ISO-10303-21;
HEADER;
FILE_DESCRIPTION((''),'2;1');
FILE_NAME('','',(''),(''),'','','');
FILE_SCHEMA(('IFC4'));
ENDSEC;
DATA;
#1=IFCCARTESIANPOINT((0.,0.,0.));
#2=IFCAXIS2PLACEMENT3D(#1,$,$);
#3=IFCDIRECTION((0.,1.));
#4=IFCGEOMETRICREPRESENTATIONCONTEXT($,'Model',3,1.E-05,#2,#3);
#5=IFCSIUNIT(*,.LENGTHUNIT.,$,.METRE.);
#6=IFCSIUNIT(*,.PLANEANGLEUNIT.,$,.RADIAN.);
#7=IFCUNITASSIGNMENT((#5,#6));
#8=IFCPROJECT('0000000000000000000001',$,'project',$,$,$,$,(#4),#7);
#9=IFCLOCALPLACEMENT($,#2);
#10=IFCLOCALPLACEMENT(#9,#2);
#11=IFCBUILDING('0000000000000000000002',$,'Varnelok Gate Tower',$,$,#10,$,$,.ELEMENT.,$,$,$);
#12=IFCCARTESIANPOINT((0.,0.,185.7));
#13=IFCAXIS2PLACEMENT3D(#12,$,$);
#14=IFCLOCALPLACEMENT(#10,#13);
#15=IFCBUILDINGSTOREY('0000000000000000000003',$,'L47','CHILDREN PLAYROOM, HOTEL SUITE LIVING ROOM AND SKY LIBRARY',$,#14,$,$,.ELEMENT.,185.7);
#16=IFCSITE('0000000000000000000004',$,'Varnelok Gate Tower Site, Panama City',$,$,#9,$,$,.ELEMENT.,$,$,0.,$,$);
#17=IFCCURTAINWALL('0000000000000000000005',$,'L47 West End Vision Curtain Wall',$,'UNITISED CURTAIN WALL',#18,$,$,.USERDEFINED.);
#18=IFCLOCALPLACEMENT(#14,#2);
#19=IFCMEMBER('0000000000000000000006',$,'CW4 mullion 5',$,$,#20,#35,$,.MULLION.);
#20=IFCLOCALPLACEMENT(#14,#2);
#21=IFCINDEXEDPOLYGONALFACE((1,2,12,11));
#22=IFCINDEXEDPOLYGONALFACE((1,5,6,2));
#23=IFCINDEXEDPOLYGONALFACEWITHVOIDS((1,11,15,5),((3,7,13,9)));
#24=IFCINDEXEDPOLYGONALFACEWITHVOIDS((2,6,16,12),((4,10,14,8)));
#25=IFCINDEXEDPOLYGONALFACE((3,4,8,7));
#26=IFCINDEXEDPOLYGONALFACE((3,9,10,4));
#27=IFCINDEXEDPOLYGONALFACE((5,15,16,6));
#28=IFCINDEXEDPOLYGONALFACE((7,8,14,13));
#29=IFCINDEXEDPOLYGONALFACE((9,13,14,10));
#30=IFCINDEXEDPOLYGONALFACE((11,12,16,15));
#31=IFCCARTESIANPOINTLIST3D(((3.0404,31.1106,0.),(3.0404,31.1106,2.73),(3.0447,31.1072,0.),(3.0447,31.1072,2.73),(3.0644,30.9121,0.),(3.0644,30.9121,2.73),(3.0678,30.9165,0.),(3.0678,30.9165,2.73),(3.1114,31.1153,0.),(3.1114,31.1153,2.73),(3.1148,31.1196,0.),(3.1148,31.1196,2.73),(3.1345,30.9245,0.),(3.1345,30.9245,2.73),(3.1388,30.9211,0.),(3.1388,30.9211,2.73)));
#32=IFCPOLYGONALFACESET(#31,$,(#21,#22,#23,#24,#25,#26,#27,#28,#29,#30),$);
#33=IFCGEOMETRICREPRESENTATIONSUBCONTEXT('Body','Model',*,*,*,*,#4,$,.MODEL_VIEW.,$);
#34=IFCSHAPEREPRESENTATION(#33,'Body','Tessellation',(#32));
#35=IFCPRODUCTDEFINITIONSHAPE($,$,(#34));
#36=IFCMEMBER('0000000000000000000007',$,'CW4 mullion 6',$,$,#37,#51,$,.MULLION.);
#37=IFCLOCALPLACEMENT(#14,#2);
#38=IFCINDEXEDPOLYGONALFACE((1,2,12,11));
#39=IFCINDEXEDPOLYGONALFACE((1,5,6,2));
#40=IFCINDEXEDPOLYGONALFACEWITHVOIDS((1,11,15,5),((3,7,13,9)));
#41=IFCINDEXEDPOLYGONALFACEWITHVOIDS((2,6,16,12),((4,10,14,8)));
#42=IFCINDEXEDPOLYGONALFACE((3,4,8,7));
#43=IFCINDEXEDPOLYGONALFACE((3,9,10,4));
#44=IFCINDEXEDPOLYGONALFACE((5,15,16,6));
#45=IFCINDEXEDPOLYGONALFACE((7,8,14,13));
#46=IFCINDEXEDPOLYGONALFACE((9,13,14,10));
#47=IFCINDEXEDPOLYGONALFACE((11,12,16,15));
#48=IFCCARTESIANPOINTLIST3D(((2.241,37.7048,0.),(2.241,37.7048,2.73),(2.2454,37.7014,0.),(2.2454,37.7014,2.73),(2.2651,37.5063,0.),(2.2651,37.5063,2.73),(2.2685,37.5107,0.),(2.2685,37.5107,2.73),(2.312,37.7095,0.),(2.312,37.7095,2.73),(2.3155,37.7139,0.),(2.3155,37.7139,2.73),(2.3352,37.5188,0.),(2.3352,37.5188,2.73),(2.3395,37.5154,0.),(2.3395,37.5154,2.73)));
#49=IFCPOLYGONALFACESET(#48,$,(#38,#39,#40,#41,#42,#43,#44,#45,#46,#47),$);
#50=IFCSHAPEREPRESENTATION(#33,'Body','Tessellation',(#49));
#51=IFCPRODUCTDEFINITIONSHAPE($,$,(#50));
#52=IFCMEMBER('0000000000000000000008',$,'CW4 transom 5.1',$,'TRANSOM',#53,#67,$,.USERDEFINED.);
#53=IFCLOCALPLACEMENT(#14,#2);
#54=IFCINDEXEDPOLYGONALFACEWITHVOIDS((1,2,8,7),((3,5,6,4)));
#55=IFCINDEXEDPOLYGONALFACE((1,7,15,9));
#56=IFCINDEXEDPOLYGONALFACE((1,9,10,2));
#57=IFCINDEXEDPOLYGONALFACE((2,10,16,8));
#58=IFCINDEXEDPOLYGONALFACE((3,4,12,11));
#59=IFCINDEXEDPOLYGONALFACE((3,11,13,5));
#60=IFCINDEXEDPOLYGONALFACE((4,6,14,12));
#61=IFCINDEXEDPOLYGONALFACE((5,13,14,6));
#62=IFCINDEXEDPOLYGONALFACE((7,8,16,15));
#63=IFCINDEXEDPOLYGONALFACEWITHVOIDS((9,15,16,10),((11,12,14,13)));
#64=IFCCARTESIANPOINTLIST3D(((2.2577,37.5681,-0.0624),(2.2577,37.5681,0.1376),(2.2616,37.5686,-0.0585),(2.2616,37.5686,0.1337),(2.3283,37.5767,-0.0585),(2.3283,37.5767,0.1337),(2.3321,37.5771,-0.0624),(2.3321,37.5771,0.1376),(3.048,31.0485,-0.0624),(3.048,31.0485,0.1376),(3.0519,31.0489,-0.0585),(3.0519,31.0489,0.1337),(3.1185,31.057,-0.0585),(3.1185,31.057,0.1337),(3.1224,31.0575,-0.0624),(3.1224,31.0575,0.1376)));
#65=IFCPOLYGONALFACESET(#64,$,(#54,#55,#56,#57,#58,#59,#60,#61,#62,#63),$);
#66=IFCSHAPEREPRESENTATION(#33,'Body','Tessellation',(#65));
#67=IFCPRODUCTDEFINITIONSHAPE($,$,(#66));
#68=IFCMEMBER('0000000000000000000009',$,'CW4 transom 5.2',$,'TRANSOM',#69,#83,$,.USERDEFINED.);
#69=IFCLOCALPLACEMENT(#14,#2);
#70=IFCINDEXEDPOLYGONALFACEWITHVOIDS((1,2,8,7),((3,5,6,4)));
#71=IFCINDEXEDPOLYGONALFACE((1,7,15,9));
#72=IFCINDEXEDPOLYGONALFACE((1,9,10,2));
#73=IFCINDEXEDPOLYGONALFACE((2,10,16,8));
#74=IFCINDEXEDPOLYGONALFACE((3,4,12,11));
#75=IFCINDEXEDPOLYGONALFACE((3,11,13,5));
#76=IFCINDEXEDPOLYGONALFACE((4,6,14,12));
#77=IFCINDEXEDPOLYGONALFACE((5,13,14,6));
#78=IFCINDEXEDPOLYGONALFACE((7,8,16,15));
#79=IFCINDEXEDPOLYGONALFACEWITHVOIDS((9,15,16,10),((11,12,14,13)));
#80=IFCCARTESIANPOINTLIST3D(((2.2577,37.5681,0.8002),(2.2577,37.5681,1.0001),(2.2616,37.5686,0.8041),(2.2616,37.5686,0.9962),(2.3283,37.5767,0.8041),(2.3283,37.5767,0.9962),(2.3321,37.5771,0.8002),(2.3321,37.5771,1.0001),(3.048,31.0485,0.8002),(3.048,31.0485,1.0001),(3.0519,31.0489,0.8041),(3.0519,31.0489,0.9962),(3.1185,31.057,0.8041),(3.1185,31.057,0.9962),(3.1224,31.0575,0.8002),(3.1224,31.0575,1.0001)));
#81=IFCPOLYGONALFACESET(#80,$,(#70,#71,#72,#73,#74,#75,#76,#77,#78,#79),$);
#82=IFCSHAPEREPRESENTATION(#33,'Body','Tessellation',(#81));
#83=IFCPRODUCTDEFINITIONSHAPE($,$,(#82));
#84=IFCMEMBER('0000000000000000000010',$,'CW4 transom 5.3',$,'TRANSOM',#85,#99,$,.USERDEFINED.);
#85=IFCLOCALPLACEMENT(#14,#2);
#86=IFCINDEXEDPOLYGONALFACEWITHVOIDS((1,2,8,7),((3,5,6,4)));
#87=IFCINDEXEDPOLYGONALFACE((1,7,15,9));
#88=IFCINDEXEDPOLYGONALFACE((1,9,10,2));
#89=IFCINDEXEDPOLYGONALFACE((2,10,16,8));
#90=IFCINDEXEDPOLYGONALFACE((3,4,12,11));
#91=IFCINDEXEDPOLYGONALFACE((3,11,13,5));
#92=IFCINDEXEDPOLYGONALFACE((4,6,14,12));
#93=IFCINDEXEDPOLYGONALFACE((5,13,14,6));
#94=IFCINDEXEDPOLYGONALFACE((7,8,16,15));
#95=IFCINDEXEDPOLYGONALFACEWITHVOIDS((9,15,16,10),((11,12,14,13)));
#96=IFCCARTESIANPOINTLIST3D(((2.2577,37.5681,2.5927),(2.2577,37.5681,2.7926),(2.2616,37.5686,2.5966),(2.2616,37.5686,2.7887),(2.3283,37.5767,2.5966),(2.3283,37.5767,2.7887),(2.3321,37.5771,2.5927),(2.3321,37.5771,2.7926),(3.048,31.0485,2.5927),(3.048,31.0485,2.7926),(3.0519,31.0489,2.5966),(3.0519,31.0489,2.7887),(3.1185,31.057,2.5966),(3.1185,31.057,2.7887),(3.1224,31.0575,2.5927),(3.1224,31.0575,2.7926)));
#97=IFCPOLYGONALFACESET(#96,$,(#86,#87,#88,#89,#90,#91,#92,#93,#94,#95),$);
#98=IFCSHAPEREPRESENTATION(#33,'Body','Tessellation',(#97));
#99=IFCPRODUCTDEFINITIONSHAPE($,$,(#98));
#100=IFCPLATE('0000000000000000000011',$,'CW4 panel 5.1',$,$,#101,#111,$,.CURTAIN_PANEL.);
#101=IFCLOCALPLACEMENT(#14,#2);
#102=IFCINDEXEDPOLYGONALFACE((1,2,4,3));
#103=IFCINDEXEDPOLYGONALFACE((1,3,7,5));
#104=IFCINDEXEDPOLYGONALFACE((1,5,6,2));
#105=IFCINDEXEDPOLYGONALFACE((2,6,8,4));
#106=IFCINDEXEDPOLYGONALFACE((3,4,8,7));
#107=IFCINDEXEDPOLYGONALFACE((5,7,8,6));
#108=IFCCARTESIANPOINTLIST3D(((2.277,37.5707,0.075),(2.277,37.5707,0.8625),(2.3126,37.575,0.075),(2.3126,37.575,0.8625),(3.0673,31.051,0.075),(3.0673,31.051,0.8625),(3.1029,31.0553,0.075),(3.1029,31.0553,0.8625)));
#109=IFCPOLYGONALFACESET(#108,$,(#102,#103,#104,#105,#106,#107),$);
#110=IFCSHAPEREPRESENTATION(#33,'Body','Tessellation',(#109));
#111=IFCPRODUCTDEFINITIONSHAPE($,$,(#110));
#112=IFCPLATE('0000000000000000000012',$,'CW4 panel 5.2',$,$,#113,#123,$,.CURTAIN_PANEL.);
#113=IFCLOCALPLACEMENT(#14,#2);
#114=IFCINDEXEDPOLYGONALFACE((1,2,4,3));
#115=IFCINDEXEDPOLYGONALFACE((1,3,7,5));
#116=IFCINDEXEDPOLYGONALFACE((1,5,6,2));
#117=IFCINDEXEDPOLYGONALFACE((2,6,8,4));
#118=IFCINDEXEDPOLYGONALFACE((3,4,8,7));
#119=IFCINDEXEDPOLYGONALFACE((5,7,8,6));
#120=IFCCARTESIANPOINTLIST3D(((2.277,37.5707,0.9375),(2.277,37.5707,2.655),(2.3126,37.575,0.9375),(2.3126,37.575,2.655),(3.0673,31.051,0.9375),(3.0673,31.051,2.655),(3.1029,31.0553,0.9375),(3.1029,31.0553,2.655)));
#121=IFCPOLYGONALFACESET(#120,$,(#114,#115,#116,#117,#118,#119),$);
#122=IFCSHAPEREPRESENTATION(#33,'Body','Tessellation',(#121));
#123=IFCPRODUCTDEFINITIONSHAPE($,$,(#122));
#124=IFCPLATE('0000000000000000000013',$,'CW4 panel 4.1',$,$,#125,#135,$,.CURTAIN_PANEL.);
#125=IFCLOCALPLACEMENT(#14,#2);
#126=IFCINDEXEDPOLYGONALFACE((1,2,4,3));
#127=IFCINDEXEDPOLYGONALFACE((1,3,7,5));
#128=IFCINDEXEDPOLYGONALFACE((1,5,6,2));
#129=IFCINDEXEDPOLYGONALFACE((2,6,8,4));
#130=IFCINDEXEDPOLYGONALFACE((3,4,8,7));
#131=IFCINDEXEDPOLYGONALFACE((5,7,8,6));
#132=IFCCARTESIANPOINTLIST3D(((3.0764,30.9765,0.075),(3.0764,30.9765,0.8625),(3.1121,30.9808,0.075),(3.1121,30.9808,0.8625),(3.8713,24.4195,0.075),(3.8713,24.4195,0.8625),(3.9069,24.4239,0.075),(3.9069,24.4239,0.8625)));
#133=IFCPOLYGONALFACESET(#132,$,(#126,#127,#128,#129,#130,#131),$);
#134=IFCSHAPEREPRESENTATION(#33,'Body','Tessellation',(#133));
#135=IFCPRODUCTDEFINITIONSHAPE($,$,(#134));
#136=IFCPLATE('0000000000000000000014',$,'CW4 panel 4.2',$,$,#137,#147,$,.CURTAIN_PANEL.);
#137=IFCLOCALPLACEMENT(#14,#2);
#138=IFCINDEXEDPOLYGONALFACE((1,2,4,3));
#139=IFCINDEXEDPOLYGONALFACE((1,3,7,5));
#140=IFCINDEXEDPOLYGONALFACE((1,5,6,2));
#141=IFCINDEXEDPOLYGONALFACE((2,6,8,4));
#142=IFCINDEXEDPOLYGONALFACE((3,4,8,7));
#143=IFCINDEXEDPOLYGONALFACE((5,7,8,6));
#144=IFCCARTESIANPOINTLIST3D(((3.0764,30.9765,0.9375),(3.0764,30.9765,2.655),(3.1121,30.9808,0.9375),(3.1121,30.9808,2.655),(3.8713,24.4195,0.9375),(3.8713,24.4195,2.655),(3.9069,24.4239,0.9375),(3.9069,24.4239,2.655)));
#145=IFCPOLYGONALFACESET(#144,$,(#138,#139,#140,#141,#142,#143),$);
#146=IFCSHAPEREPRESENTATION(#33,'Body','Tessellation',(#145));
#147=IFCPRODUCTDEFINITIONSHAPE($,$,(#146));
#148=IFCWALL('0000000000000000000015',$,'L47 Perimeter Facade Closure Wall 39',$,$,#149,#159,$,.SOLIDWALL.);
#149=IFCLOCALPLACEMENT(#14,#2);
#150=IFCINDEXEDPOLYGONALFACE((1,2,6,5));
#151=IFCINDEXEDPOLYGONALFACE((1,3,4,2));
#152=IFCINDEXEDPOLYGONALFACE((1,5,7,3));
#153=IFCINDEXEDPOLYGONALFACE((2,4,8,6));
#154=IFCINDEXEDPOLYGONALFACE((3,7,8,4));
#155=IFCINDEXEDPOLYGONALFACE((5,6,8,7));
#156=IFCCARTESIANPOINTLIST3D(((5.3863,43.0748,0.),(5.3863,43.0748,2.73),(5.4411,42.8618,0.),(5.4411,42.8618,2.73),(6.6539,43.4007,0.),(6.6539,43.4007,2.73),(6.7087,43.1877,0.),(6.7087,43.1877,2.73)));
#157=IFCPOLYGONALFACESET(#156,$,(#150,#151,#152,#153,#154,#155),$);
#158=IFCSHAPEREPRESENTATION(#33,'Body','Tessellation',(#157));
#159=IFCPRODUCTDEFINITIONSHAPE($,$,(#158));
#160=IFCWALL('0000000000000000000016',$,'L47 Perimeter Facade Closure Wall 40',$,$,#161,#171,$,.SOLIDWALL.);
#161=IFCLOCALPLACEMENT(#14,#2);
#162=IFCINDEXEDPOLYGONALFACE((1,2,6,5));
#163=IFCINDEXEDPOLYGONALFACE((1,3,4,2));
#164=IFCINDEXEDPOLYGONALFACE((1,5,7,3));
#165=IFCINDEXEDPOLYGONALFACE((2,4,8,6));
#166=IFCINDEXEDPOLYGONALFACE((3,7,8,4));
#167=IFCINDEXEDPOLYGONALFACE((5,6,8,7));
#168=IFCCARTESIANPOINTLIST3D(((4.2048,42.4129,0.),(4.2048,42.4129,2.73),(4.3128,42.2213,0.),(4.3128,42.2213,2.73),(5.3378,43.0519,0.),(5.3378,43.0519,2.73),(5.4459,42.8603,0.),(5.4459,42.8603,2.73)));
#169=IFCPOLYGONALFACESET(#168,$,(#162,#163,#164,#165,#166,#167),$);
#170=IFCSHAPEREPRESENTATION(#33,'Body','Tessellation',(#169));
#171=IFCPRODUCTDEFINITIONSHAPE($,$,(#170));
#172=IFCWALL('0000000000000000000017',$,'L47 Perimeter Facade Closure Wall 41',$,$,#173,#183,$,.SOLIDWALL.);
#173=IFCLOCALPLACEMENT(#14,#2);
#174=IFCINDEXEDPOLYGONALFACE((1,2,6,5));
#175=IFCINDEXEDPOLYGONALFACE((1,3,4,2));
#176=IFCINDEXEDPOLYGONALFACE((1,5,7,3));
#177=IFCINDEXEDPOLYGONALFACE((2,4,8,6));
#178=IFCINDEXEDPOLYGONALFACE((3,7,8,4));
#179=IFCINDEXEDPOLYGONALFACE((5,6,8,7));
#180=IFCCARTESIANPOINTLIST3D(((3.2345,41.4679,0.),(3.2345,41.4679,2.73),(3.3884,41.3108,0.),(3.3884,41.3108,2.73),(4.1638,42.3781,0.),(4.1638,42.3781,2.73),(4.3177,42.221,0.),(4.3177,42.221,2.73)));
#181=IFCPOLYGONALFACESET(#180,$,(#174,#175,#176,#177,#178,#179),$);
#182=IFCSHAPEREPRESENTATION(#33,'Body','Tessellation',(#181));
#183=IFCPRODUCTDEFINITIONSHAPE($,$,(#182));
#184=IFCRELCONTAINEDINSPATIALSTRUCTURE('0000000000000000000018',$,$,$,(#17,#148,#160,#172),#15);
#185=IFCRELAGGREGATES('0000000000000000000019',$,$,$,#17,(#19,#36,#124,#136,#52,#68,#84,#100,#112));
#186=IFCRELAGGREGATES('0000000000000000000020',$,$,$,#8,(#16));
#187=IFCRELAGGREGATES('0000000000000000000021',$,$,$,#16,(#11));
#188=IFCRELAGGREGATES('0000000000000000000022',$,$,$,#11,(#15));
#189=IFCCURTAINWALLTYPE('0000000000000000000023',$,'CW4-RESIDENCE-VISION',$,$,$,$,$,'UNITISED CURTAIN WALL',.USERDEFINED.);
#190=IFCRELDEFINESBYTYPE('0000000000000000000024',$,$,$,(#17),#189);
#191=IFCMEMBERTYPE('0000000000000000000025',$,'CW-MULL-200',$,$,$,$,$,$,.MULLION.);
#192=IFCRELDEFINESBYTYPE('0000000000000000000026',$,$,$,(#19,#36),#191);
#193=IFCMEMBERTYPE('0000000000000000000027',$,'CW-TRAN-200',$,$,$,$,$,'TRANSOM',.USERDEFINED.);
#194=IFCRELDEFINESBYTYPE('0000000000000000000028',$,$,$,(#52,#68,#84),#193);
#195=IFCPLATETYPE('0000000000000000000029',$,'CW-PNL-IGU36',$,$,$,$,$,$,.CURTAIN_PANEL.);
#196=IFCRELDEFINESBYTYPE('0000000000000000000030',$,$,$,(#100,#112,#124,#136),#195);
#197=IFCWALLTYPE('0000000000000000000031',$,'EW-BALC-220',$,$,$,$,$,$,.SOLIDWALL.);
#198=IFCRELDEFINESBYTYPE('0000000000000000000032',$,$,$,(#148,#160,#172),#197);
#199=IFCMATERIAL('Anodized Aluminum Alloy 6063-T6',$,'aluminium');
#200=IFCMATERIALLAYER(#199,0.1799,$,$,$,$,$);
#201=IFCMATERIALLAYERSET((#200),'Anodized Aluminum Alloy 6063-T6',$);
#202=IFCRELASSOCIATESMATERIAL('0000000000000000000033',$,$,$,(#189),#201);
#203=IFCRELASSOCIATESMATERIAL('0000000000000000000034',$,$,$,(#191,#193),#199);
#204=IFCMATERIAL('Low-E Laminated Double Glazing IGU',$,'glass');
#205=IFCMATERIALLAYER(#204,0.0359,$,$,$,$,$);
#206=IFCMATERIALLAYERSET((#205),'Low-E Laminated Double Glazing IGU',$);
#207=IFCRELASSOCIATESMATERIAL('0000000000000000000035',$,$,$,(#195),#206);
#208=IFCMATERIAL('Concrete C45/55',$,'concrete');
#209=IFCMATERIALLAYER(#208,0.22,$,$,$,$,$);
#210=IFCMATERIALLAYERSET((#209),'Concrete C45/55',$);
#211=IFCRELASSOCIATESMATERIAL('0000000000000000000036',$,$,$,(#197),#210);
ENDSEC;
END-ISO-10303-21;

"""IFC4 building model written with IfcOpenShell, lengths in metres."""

from ifc_helpers import new_model, si_unit, direction, frame, frame_2d, origin, origin_2d, place, context, subcontext, project, spatial, rectangle, hollow_rectangle, extrude, source, transform, mapped, material, layer, layer_set, material_profile, profile_set, type_object, element, aggregate, save


model = new_model("IFC4")

# Units and contexts
model_context = context("Model", 3, precision=1e-05, world=origin(), true_north=direction((0.0, 1.0)))
body_context = subcontext(model_context, "Body", "Model", "MODEL_VIEW")
ifc_project = project(units=[si_unit("LENGTHUNIT", "METRE"), si_unit("PLANEANGLEUNIT", "RADIAN")], contexts=[model_context])

# Site, building, storey
site_placement = place(None, origin())
site = spatial("IfcSite", under=ifc_project, at=site_placement, Name="Varnelok Gate Tower Site, Panama City", CompositionType="ELEMENT", RefElevation=0.0)
building_placement = place(site_placement, origin())
building = spatial("IfcBuilding", under=site, at=building_placement, Name="Varnelok Gate Tower", CompositionType="ELEMENT")
storey_placement = place(building_placement, frame((0.0, 0.0, 185.7)))
storey = spatial("IfcBuildingStorey", under=building, at=storey_placement, Name="L47", Description="CHILDREN PLAYROOM, HOTEL SUITE LIVING ROOM AND SKY LIBRARY", CompositionType="ELEMENT", Elevation=185.7)

# Curtain wall, members, plates
ifc_material_1 = material(Name="Anodized Aluminum Alloy 6063-T6", Category="aluminium")
ifc_layer_1 = layer(ifc_material_1, 0.1799)
ifc_layer_set_1 = layer_set([ifc_layer_1], Name="Anodized Aluminum Alloy 6063-T6")
curtain_wall_type = type_object("IfcCurtainWallType", Name="CW4-RESIDENCE-VISION", ElementType="UNITISED CURTAIN WALL", PredefinedType="USERDEFINED", material=ifc_layer_set_1)
curtain_wall_placement = place(storey_placement, origin())
curtain_wall = element("IfcCurtainWall", 1, at=curtain_wall_placement, inside=storey, type_object=curtain_wall_type, Name="L47 West End Vision Curtain Wall", ObjectType="UNITISED CURTAIN WALL", PredefinedType="USERDEFINED")
ifc_material_profile_1 = material_profile(ifc_material_1, hollow_rectangle(XDim=0.075, YDim=0.2, WallThickness=0.0039, at=origin_2d()), Name="ALU200X75X4")
ifc_profile_set_1 = profile_set([ifc_material_profile_1], Name="Anodized Aluminum Alloy 6063-T6")
member_type_1 = type_object("IfcMemberType", Name="CW-MULL-200", PredefinedType="MULLION", material=ifc_profile_set_1)
member_1_placement = place(storey_placement, frame((3.0896, 31.0159, 0.0), z_axis=(0.0, 0.0, 1.0), x_axis=(-0.992732, -0.120345, 0.0)))
member_1 = element("IfcMember", 2, at=member_1_placement, type_object=member_type_1, Name="CW4 mullion 5", PredefinedType="MULLION", context=body_context, shape_type="SweptSolid", body=[
    extrude(hollow_rectangle(XDim=0.075, YDim=0.2, WallThickness=0.0039, at=origin_2d()), origin(), (0.0, 0.0, 1.0), 2.73),
])
member_2_placement = place(storey_placement, frame((2.2903, 37.6101, 0.0), z_axis=(0.0, 0.0, 1.0), x_axis=(-0.992732, -0.120345, 0.0)))
member_2 = element("IfcMember", 3, at=member_2_placement, type_object=member_type_1, Name="CW4 mullion 6", PredefinedType="MULLION", context=body_context, shape_type="SweptSolid", body=[
    extrude(hollow_rectangle(XDim=0.075, YDim=0.2, WallThickness=0.0039, at=origin_2d()), origin(), (0.0, 0.0, 1.0), 2.73),
])
ifc_material_profile_2 = material_profile(ifc_material_1, hollow_rectangle(XDim=0.075, YDim=0.2, WallThickness=0.0039, at=origin_2d()), Name="ALU200X75X4")
ifc_profile_set_2 = profile_set([ifc_material_profile_2], Name="Anodized Aluminum Alloy 6063-T6")
member_type_2 = type_object("IfcMemberType", Name="CW-TRAN-200", ElementType="TRANSOM", PredefinedType="USERDEFINED", material=ifc_profile_set_2)
member_3_placement = place(storey_placement, frame((3.0852, 31.053, 0.0376), z_axis=(-0.120332, 0.992734, 0.0), x_axis=(-0.992734, -0.120332, 0.0)))
member_3 = element("IfcMember", 4, at=member_3_placement, type_object=member_type_2, Name="CW4 transom 5.1", ObjectType="TRANSOM", PredefinedType="USERDEFINED", context=body_context, shape_type="SweptSolid", body=[
    extrude(hollow_rectangle(XDim=0.075, YDim=0.2, WallThickness=0.0039, at=origin_2d()), origin(), (0.0, 0.0, 1.0), 6.5674),
])
member_4_placement = place(storey_placement, frame((3.0852, 31.053, 0.9001), z_axis=(-0.120332, 0.992734, 0.0), x_axis=(-0.992734, -0.120332, 0.0)))
member_4 = element("IfcMember", 5, at=member_4_placement, type_object=member_type_2, Name="CW4 transom 5.2", ObjectType="TRANSOM", PredefinedType="USERDEFINED", context=body_context, shape_type="SweptSolid", body=[
    extrude(hollow_rectangle(XDim=0.075, YDim=0.2, WallThickness=0.0039, at=origin_2d()), origin(), (0.0, 0.0, 1.0), 6.5674),
])
member_5_placement = place(storey_placement, frame((3.0852, 31.053, 2.6926), z_axis=(-0.120332, 0.992734, 0.0), x_axis=(-0.992734, -0.120332, 0.0)))
member_5 = element("IfcMember", 6, at=member_5_placement, type_object=member_type_2, Name="CW4 transom 5.3", ObjectType="TRANSOM", PredefinedType="USERDEFINED", context=body_context, shape_type="SweptSolid", body=[
    extrude(hollow_rectangle(XDim=0.075, YDim=0.2, WallThickness=0.0039, at=origin_2d()), origin(), (0.0, 0.0, 1.0), 6.5674),
])
ifc_material_2 = material(Name="Low-E Laminated Double Glazing IGU", Category="glass")
ifc_layer_2 = layer(ifc_material_2, 0.0359)
ifc_layer_set_2 = layer_set([ifc_layer_2], Name="Low-E Laminated Double Glazing IGU")
plate_type = type_object("IfcPlateType", Name="CW-PNL-IGU36", PredefinedType="CURTAIN_PANEL", material=ifc_layer_set_2)
shared_shape_1 = source(origin(), body_context, "Body", "SweptSolid", [
    extrude(rectangle(XDim=6.5674, YDim=0.0359, at=origin_2d()), origin(), (0.0, 0.0, 1.0), 0.7876),
])
plate_1_placement = place(storey_placement, frame((2.6899, 34.313, 0.075), z_axis=(0.0, 0.0, 1.0), x_axis=(-0.120345, 0.992732, 0.0)))
plate_1 = element("IfcPlate", 7, at=plate_1_placement, type_object=plate_type, Name="CW4 panel 5.1", PredefinedType="CURTAIN_PANEL", context=body_context, shape_type="MappedRepresentation", body=[
    mapped(shared_shape_1, transform((0.0, 0.0, 0.0), scale=1.0)),
])
shared_shape_2 = source(origin(), body_context, "Body", "SweptSolid", [
    extrude(rectangle(XDim=6.5674, YDim=0.0359, at=origin_2d()), origin(), (0.0, 0.0, 1.0), 1.7175),
])
plate_2_placement = place(storey_placement, frame((2.6899, 34.313, 0.9375), z_axis=(0.0, 0.0, 1.0), x_axis=(-0.120345, 0.992732, 0.0)))
plate_2 = element("IfcPlate", 8, at=plate_2_placement, type_object=plate_type, Name="CW4 panel 5.2", PredefinedType="CURTAIN_PANEL", context=body_context, shape_type="MappedRepresentation", body=[
    mapped(shared_shape_2, transform((0.0, 0.0, 0.0), scale=1.0)),
])
shared_shape_3 = source(origin(), body_context, "Body", "SweptSolid", [
    extrude(rectangle(XDim=6.605, YDim=0.0359, at=origin_2d()), origin(), (0.0, 0.0, 1.0), 0.7876),
])
plate_3_placement = place(storey_placement, frame((3.4917, 27.7002, 0.075), z_axis=(0.0, 0.0, 1.0), x_axis=(-0.120345, 0.992732, 0.0)))
plate_3 = element("IfcPlate", 9, at=plate_3_placement, type_object=plate_type, Name="CW4 panel 4.1", PredefinedType="CURTAIN_PANEL", context=body_context, shape_type="MappedRepresentation", body=[
    mapped(shared_shape_3, transform((0.0, 0.0, 0.0), scale=1.0)),
])
shared_shape_4 = source(origin(), body_context, "Body", "SweptSolid", [
    extrude(rectangle(XDim=6.605, YDim=0.0359, at=origin_2d()), origin(), (0.0, 0.0, 1.0), 1.7175),
])
plate_4_placement = place(storey_placement, frame((3.4917, 27.7002, 0.9375), z_axis=(0.0, 0.0, 1.0), x_axis=(-0.120345, 0.992732, 0.0)))
plate_4 = element("IfcPlate", 10, at=plate_4_placement, type_object=plate_type, Name="CW4 panel 4.2", PredefinedType="CURTAIN_PANEL", context=body_context, shape_type="MappedRepresentation", body=[
    mapped(shared_shape_4, transform((0.0, 0.0, 0.0), scale=1.0)),
])
aggregate(curtain_wall, [member_1, member_2, plate_3, plate_4, member_3, member_4, member_5, plate_1, plate_2])

# Walls
ifc_material_3 = material(Name="Concrete C45/55", Category="concrete")
ifc_layer_3 = layer(ifc_material_3, 0.22)
ifc_layer_set_3 = layer_set([ifc_layer_3], Name="Concrete C45/55")
wall_type_1 = type_object("IfcWallType", Name="EW-BALC-220", PredefinedType="SOLIDWALL", material=ifc_layer_set_3)
wall_1_placement = place(storey_placement, frame((6.6812, 43.2942, 0.0), z_axis=(0.0, 0.0, 1.0), x_axis=(-0.968497, -0.249026, 0.0)))
element("IfcWall", 11, at=wall_1_placement, inside=storey, type_object=wall_type_1, Name="L47 Perimeter Facade Closure Wall 39", PredefinedType="SOLIDWALL", context=body_context, shape_type="SweptSolid", body=[
    extrude(rectangle(XDim=1.3088, YDim=0.22, at=frame_2d((0.6543, 0.0))), origin(), (0.0, 0.0, 1.0), 2.73),
])
for number, where, z_axis, x_axis, name in (
    (12, (5.3918, 42.9561, 0.0), (0.0, 0.0, 1.0), (-0.871059, -0.491179, 0.0), "L47 Perimeter Facade Closure Wall 40"),
    (13, (4.2407, 42.2996, 0.0), (0.0, 0.0, 1.0), (-0.714389, -0.699749, 0.0), "L47 Perimeter Facade Closure Wall 41"),
):
    element("IfcWall", number, at=place(storey_placement, frame(where, z_axis=z_axis, x_axis=x_axis)), inside=storey, type_object=wall_type_1, Name=name, PredefinedType="SOLIDWALL", context=body_context, shape_type="SweptSolid", body=[
        extrude(rectangle(XDim=1.3008, YDim=0.22, at=frame_2d((0.6504, 0.0))), origin(), (0.0, 0.0, 1.0), 2.73),
    ])

save(model, "model.ifc")
